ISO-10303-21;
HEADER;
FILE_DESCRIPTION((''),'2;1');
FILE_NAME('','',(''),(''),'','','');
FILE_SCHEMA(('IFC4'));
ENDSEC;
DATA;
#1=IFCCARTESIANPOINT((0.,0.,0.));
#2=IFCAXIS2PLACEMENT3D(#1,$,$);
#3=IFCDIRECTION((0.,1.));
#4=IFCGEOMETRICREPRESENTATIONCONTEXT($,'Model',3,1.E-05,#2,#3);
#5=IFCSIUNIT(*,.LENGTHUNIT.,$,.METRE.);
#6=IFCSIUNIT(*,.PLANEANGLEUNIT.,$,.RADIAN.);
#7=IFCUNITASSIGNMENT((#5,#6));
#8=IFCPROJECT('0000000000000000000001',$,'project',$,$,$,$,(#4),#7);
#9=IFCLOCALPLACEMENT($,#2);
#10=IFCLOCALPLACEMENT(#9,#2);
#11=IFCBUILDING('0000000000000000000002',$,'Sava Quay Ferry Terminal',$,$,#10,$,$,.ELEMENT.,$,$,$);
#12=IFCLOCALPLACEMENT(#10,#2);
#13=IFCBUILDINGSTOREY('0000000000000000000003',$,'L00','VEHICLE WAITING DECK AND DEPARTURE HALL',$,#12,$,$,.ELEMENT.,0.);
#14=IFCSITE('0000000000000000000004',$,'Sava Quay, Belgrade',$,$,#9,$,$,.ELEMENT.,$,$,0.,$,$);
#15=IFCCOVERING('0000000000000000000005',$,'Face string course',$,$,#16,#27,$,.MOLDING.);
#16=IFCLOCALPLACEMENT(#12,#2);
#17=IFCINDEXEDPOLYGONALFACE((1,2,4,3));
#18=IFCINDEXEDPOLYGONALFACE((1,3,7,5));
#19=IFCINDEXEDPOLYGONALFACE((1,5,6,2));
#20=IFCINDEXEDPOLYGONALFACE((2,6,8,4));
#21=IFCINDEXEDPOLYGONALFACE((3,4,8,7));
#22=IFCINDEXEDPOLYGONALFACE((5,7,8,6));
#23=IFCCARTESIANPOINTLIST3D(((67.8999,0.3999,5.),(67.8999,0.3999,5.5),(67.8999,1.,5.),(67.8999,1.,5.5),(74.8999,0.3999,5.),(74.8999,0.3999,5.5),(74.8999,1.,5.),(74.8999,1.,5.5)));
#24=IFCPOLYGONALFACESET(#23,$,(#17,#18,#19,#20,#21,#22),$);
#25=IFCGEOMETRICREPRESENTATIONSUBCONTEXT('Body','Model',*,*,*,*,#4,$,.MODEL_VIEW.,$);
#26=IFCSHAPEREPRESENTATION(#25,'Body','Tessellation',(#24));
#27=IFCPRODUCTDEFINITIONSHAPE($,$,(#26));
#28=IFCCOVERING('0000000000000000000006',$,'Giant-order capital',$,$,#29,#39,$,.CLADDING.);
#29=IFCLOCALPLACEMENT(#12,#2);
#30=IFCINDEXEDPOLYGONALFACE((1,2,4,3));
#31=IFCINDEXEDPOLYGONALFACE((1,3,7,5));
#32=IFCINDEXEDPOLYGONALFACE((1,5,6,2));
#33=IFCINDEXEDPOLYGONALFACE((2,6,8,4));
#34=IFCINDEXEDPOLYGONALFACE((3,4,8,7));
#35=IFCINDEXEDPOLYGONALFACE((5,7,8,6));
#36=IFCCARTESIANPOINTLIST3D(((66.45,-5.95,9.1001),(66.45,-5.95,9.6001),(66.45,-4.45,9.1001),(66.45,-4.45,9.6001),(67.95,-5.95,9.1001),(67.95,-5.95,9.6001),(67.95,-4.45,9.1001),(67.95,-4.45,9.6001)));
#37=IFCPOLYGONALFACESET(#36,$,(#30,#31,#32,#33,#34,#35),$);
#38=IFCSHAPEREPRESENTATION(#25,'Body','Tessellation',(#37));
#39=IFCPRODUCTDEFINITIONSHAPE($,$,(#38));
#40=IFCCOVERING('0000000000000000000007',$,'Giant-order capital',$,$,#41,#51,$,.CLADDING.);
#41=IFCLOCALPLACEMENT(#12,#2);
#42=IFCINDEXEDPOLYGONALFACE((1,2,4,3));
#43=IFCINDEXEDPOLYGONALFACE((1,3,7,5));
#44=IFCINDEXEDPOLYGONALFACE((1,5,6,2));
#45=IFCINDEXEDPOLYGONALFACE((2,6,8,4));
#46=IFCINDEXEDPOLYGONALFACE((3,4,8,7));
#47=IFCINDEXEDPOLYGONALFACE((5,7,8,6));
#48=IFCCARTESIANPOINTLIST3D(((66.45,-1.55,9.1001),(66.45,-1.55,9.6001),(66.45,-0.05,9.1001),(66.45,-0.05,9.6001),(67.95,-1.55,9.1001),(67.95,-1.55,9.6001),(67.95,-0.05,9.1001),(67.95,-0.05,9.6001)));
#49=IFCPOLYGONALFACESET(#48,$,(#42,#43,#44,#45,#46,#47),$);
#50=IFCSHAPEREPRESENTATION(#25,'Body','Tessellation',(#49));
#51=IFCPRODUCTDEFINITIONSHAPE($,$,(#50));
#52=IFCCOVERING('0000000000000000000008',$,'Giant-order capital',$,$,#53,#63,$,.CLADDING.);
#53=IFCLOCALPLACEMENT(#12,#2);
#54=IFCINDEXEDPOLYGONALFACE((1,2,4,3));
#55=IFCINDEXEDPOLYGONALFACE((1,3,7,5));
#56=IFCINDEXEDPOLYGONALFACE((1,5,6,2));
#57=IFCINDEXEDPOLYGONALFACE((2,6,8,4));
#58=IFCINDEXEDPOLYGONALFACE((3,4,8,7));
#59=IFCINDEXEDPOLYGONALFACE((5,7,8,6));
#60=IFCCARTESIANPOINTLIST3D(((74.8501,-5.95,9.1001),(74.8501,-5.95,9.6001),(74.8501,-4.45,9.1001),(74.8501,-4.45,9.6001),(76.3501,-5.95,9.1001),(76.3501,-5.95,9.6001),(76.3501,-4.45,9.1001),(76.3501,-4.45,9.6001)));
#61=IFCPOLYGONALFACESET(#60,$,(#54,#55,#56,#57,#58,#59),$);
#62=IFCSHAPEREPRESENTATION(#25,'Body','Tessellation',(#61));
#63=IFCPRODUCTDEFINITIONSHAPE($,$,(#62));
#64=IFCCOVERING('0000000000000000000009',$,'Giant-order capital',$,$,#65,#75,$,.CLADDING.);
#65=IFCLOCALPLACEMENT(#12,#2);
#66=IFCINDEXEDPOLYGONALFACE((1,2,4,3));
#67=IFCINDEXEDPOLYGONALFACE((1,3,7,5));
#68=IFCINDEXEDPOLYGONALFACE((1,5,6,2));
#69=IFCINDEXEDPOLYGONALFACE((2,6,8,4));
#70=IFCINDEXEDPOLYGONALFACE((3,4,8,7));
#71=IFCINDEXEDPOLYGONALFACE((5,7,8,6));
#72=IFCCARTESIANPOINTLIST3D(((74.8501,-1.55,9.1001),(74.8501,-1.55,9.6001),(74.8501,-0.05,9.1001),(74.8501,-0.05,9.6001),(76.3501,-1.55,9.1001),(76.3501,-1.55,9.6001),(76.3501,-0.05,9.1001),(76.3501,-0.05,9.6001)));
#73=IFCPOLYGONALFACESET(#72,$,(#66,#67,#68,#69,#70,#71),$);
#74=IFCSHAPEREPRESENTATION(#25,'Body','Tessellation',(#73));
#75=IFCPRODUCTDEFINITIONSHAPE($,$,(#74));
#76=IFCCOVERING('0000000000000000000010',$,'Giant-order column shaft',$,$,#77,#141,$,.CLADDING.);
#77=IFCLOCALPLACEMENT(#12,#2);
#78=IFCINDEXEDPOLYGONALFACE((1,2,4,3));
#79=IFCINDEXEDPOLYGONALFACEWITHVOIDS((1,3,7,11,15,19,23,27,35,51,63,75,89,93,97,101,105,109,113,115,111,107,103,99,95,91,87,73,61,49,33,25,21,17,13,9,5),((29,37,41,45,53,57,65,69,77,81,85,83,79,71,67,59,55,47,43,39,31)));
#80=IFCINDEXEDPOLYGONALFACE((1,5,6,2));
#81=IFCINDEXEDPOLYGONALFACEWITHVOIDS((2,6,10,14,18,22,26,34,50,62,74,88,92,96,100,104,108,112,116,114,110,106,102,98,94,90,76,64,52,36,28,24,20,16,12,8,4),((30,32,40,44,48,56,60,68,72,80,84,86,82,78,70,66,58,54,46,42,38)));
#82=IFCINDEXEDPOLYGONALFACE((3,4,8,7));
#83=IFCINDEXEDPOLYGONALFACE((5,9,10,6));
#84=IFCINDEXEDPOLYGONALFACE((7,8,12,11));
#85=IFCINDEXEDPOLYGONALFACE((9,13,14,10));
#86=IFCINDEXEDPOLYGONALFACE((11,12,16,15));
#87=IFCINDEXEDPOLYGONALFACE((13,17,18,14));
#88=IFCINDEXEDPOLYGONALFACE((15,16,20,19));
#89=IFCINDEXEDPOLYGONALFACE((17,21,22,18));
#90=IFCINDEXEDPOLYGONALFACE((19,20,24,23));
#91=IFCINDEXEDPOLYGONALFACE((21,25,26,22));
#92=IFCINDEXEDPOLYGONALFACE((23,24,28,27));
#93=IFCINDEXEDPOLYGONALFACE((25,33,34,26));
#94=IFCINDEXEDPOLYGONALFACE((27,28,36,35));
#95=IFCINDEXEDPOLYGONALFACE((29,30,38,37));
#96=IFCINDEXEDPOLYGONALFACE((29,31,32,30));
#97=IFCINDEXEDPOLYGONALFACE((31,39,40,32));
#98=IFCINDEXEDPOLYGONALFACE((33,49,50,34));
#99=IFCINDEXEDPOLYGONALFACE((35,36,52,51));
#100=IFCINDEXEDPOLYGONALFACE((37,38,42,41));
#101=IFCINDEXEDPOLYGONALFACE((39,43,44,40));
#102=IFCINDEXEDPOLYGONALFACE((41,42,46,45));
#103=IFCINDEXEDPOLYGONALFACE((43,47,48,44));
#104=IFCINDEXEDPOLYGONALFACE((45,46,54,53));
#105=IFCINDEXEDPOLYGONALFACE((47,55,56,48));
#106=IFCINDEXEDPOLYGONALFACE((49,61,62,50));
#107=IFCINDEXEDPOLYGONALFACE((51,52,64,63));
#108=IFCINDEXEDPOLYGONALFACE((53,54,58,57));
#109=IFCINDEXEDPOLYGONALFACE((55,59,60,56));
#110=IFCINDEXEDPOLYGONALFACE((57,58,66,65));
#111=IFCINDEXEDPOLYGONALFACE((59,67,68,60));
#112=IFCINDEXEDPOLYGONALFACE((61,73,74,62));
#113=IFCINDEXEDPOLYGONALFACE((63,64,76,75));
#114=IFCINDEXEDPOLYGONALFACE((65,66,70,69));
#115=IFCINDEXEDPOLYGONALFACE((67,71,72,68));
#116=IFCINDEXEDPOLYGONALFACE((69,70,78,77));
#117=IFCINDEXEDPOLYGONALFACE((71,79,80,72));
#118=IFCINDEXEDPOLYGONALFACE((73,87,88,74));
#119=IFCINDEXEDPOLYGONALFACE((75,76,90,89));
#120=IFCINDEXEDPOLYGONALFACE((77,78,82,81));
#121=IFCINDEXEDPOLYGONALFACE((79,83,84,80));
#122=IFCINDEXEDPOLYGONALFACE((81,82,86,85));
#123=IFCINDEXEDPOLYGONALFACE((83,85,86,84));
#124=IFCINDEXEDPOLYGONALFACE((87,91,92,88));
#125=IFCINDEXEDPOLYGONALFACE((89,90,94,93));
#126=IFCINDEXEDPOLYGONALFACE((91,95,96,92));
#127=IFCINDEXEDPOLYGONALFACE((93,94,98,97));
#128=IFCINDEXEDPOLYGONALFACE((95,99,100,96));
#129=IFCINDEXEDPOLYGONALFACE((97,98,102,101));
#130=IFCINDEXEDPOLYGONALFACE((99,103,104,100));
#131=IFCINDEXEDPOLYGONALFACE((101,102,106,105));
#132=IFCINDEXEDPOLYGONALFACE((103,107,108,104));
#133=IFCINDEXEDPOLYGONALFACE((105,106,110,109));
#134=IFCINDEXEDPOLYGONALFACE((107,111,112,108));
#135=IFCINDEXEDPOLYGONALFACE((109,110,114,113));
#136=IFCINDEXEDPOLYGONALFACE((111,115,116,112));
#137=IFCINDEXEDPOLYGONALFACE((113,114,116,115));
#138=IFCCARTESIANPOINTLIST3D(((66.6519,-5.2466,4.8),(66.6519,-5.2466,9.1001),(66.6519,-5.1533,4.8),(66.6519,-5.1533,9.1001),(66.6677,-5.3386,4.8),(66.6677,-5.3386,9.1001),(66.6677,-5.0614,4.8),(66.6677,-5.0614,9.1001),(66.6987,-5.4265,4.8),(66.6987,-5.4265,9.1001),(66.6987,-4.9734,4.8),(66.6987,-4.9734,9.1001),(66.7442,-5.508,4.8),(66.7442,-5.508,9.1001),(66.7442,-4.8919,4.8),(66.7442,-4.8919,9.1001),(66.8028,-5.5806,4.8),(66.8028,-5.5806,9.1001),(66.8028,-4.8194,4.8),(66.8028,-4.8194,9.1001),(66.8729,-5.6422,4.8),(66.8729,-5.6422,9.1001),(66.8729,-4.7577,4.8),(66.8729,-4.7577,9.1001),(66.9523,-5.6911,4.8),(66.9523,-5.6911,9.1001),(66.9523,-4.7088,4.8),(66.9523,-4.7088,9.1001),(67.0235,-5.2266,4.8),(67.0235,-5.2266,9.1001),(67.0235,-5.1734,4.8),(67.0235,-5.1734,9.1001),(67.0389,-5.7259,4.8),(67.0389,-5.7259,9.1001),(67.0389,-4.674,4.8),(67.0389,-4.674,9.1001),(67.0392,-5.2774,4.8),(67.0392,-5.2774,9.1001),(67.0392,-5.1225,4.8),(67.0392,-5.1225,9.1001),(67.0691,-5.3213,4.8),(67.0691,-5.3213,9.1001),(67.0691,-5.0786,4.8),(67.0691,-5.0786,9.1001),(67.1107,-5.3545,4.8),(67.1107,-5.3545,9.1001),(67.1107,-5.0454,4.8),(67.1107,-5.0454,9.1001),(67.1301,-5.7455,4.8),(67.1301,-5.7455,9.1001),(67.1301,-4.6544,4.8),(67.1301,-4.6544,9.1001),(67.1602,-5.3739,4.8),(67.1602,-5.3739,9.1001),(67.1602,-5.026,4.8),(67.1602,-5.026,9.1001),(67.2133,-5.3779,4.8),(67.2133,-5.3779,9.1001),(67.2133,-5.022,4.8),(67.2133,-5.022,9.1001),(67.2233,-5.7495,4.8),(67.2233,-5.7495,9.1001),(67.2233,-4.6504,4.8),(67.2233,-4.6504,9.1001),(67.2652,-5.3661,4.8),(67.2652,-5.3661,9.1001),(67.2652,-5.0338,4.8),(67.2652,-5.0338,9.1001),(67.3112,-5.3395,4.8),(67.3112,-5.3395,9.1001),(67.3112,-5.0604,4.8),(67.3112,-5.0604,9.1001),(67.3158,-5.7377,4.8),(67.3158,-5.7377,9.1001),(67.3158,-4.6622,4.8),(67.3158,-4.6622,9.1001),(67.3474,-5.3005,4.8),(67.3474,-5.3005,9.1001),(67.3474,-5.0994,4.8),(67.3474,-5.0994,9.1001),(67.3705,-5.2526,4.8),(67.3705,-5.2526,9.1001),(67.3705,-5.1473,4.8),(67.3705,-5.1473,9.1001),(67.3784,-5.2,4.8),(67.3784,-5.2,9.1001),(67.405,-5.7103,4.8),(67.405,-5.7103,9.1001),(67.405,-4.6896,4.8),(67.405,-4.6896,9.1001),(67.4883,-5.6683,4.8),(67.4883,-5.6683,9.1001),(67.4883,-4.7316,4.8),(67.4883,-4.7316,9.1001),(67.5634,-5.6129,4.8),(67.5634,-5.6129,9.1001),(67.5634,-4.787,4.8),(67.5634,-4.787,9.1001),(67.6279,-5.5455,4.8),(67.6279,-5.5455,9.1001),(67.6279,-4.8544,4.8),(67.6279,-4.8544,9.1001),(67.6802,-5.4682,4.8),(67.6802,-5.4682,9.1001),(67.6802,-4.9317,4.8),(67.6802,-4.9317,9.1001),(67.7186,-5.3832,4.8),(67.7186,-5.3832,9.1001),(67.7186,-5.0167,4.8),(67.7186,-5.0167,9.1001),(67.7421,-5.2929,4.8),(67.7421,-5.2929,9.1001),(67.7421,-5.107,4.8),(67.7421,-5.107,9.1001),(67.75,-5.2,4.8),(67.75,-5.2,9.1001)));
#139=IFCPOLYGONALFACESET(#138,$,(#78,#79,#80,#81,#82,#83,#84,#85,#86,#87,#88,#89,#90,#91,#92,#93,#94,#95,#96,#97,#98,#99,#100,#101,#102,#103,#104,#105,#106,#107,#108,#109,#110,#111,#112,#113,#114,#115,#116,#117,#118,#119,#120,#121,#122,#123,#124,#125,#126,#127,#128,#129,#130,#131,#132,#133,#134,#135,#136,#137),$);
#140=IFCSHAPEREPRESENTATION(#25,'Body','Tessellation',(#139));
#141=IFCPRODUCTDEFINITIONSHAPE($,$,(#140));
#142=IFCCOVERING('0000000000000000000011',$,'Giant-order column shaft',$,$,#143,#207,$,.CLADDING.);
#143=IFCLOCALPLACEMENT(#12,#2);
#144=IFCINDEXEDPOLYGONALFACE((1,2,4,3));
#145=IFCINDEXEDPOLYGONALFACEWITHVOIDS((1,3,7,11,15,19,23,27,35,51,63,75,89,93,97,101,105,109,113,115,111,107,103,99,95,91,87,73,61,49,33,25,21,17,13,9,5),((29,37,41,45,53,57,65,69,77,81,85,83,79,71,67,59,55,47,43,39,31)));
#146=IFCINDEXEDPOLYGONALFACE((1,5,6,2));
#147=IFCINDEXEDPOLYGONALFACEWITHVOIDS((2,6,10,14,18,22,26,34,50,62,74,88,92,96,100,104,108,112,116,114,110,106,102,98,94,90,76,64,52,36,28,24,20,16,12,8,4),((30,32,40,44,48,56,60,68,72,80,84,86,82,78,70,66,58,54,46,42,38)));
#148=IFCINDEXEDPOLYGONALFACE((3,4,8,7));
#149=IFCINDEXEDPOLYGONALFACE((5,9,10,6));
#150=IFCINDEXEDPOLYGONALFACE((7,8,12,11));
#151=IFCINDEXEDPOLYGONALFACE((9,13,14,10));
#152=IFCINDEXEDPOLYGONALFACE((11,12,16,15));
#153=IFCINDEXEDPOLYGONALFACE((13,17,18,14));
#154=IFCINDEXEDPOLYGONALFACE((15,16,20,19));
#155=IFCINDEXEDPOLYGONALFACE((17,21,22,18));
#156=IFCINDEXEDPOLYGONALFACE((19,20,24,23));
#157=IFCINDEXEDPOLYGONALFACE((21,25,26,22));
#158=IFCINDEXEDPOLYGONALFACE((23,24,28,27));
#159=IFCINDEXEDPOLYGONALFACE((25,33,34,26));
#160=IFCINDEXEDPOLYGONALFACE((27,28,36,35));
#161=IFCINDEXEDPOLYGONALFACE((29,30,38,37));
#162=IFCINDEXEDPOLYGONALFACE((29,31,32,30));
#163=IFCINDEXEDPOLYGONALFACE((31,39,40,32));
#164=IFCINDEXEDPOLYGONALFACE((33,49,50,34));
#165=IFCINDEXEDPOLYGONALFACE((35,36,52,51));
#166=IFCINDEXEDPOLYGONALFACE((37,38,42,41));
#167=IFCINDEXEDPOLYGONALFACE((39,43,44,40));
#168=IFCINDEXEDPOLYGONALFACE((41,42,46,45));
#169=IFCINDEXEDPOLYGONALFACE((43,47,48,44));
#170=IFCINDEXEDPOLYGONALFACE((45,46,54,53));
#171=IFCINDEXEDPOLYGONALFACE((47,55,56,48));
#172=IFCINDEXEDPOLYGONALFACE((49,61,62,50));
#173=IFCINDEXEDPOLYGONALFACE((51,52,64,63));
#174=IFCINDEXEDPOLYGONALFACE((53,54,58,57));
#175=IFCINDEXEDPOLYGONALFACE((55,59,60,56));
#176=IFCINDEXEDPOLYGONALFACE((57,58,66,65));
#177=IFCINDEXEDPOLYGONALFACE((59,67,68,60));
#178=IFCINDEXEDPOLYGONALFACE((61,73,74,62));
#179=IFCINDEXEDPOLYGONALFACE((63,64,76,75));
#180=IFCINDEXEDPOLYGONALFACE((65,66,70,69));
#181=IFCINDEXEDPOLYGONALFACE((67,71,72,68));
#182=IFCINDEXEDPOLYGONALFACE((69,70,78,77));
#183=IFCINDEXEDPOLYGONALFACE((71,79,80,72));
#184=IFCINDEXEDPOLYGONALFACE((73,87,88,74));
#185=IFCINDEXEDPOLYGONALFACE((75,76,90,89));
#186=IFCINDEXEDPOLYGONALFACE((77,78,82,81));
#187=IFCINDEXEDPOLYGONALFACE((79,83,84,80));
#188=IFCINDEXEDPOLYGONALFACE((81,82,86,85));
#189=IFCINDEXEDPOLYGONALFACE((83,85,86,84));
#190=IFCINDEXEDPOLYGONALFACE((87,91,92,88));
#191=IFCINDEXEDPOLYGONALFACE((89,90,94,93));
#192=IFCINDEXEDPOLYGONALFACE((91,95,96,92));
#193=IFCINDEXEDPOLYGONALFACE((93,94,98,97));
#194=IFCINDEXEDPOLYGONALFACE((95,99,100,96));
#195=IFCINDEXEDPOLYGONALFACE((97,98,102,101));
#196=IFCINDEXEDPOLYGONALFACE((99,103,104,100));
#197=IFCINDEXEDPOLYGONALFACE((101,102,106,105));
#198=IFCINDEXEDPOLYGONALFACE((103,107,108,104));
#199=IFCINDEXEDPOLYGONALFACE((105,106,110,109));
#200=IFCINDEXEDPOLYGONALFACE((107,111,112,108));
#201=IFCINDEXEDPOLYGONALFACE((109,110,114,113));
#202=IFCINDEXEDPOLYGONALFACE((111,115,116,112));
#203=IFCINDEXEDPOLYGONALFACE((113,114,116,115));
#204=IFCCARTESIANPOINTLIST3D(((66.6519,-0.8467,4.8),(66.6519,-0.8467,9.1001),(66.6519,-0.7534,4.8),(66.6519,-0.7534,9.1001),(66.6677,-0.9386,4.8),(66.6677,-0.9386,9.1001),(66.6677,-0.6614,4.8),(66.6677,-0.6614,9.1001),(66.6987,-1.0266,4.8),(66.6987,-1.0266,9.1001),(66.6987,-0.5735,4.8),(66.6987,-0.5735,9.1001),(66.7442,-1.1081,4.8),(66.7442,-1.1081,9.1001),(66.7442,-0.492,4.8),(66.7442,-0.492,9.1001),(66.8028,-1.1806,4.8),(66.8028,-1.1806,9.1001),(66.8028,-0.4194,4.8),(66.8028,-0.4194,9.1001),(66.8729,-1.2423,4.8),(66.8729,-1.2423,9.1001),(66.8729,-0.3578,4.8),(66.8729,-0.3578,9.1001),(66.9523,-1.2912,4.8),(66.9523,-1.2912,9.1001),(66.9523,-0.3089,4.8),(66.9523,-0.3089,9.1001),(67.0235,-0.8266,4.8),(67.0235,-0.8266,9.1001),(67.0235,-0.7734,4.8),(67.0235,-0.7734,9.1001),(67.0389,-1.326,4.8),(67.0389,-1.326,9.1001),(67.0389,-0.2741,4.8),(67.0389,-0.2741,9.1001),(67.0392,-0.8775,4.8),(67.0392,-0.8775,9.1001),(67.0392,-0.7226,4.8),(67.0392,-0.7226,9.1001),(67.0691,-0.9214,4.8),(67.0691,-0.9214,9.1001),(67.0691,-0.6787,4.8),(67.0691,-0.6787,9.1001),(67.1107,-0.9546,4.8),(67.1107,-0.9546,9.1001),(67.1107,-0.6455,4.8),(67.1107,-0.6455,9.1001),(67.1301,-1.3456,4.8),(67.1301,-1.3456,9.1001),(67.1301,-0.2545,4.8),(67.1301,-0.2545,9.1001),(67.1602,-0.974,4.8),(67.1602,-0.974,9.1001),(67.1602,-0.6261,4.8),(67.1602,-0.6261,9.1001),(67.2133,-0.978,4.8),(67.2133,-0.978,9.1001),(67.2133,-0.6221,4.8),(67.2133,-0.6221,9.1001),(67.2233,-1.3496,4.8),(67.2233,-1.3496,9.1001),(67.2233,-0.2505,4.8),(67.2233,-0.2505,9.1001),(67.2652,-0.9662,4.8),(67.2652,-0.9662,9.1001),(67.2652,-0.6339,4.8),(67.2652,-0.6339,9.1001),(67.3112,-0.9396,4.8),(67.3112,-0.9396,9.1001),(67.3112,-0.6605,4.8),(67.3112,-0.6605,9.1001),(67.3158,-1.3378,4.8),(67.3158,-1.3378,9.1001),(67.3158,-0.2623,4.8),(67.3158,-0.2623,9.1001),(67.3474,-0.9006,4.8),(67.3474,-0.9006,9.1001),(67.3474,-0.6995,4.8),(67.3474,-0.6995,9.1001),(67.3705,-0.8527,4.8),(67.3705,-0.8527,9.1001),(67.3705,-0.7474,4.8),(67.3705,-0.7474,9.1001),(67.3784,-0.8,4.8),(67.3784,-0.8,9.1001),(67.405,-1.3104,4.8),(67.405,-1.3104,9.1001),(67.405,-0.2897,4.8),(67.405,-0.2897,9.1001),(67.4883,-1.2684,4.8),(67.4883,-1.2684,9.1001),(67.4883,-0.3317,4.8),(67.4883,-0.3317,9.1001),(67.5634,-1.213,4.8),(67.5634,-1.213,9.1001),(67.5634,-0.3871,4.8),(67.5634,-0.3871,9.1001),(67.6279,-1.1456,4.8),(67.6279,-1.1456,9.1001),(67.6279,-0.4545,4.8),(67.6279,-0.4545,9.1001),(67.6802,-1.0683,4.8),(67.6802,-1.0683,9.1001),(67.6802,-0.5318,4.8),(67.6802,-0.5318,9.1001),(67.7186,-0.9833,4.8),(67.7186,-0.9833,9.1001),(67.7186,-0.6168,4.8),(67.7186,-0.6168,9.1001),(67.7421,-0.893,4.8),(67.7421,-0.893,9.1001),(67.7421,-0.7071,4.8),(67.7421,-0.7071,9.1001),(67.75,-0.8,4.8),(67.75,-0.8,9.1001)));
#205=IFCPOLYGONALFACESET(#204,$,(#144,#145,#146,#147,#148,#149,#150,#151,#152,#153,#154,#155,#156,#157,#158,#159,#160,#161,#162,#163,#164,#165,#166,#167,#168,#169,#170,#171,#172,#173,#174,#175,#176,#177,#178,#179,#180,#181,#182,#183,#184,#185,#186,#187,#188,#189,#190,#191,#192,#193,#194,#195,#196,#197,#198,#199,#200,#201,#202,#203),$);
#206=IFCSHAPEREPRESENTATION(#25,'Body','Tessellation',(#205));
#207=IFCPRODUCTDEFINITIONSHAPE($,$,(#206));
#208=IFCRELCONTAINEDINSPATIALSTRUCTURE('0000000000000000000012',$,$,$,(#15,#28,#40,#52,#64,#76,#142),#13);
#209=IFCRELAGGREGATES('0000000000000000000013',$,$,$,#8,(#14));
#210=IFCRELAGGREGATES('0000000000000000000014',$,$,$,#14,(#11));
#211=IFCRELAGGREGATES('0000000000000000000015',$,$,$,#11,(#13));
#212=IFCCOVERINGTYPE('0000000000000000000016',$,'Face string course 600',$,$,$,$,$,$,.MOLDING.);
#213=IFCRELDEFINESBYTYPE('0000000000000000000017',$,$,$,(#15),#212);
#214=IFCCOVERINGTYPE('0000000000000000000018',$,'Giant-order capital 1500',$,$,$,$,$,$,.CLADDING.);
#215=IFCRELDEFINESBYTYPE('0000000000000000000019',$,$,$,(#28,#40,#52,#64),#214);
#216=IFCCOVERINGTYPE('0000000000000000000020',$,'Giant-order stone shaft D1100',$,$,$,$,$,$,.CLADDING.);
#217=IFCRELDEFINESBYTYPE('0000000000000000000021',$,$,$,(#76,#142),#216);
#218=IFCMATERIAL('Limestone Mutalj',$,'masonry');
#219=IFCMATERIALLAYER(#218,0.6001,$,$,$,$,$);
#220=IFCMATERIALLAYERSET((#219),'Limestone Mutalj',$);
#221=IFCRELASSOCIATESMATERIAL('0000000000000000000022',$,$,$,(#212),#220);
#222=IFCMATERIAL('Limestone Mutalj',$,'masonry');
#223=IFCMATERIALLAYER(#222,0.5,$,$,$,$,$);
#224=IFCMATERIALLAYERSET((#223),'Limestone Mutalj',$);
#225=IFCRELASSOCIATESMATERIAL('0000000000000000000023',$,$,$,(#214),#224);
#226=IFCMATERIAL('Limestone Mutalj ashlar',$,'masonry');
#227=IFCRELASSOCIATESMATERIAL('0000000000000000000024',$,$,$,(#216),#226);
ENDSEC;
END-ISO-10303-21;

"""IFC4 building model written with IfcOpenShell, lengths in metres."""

from ifc_helpers import new_model, si_unit, direction, frame, origin, origin_2d, place, context, subcontext, project, spatial, rectangle, hollow_circle, extrude, material, layer, layer_set, material_profile, profile_set, type_object, element, save


model = new_model("IFC4")

# Units and contexts
model_context = context("Model", 3, precision=1e-05, world=origin(), true_north=direction((0.0, 1.0)))
body_context = subcontext(model_context, "Body", "Model", "MODEL_VIEW")
ifc_project = project(units=[si_unit("LENGTHUNIT", "METRE"), si_unit("PLANEANGLEUNIT", "RADIAN")], contexts=[model_context])

# Site, building, storey
site_placement = place(None, origin())
site = spatial("IfcSite", under=ifc_project, at=site_placement, Name="Sava Quay, Belgrade", CompositionType="ELEMENT", RefElevation=0.0)
building_placement = place(site_placement, origin())
building = spatial("IfcBuilding", under=site, at=building_placement, Name="Sava Quay Ferry Terminal", CompositionType="ELEMENT")
storey_placement = place(building_placement, origin())
storey = spatial("IfcBuildingStorey", under=building, at=storey_placement, Name="L00", Description="VEHICLE WAITING DECK AND DEPARTURE HALL", CompositionType="ELEMENT", Elevation=0.0)

# Coverings
ifc_material_1 = material(Name="Limestone Mutalj", Category="masonry")
ifc_layer_1 = layer(ifc_material_1, 0.6001)
ifc_layer_set_1 = layer_set([ifc_layer_1], Name="Limestone Mutalj")
covering_type_1 = type_object("IfcCoveringType", Name="Face string course 600", PredefinedType="MOLDING", material=ifc_layer_set_1)
covering_1_placement = place(storey_placement, frame((71.3999, 0.7, 5.0), z_axis=(0.0, 0.0, 1.0), x_axis=(1.0, 0.0, 0.0)))
element("IfcCovering", 1, at=covering_1_placement, inside=storey, type_object=covering_type_1, Name="Face string course", PredefinedType="MOLDING", context=body_context, shape_type="SweptSolid", body=[
    extrude(rectangle(XDim=7.0, YDim=0.6001, at=origin_2d()), origin(), (0.0, 0.0, 1.0), 0.5),
])
ifc_material_2 = material(Name="Limestone Mutalj", Category="masonry")
ifc_layer_2 = layer(ifc_material_2, 0.5)
ifc_layer_set_2 = layer_set([ifc_layer_2], Name="Limestone Mutalj")
covering_type_2 = type_object("IfcCoveringType", Name="Giant-order capital 1500", PredefinedType="CLADDING", material=ifc_layer_set_2)
for number, where, z_axis, x_axis, name in (
    (2, (67.2, -5.2, 9.1001), (0.0, 0.0, 1.0), (1.0, 0.0, 0.0), "Giant-order capital"),
    (3, (67.2, -0.8, 9.1001), (0.0, 0.0, 1.0), (1.0, 0.0, 0.0), "Giant-order capital"),
    (4, (75.6001, -5.2, 9.1001), (0.0, 0.0, 1.0), (1.0, 0.0, 0.0), "Giant-order capital"),
    (5, (75.6001, -0.8, 9.1001), (0.0, 0.0, 1.0), (1.0, 0.0, 0.0), "Giant-order capital"),
):
    element("IfcCovering", number, at=place(storey_placement, frame(where, z_axis=z_axis, x_axis=x_axis)), inside=storey, type_object=covering_type_2, Name=name, PredefinedType="CLADDING", context=body_context, shape_type="SweptSolid", body=[
        extrude(rectangle(XDim=1.5, YDim=1.5, at=origin_2d()), origin(), (0.0, 0.0, 1.0), 0.5),
    ])
ifc_material_3 = material(Name="Limestone Mutalj ashlar", Category="masonry")
ifc_material_profile = material_profile(ifc_material_3, hollow_circle(Radius=0.55, WallThickness=0.3716, at=origin_2d()), Name="Stone shaft D1100")
ifc_profile_set = profile_set([ifc_material_profile], Name="Limestone Mutalj ashlar")
covering_type_3 = type_object("IfcCoveringType", Name="Giant-order stone shaft D1100", PredefinedType="CLADDING", material=ifc_profile_set)
for number, where, z_axis, x_axis, name in (
    (6, (67.2, -5.2, 4.8), (0.0, 0.0, 1.0), (1.0, 0.0, 0.0), "Giant-order column shaft"),
    (7, (67.2, -0.8, 4.8), (0.0, 0.0, 1.0), (1.0, 0.0, 0.0), "Giant-order column shaft"),
):
    element("IfcCovering", number, at=place(storey_placement, frame(where, z_axis=z_axis, x_axis=x_axis)), inside=storey, type_object=covering_type_3, Name=name, PredefinedType="CLADDING", context=body_context, shape_type="SweptSolid", body=[
        extrude(hollow_circle(Radius=0.55, WallThickness=0.3716, at=origin_2d()), origin(), (0.0, 0.0, 1.0), 4.3),
    ])

save(model, "model.ifc")
